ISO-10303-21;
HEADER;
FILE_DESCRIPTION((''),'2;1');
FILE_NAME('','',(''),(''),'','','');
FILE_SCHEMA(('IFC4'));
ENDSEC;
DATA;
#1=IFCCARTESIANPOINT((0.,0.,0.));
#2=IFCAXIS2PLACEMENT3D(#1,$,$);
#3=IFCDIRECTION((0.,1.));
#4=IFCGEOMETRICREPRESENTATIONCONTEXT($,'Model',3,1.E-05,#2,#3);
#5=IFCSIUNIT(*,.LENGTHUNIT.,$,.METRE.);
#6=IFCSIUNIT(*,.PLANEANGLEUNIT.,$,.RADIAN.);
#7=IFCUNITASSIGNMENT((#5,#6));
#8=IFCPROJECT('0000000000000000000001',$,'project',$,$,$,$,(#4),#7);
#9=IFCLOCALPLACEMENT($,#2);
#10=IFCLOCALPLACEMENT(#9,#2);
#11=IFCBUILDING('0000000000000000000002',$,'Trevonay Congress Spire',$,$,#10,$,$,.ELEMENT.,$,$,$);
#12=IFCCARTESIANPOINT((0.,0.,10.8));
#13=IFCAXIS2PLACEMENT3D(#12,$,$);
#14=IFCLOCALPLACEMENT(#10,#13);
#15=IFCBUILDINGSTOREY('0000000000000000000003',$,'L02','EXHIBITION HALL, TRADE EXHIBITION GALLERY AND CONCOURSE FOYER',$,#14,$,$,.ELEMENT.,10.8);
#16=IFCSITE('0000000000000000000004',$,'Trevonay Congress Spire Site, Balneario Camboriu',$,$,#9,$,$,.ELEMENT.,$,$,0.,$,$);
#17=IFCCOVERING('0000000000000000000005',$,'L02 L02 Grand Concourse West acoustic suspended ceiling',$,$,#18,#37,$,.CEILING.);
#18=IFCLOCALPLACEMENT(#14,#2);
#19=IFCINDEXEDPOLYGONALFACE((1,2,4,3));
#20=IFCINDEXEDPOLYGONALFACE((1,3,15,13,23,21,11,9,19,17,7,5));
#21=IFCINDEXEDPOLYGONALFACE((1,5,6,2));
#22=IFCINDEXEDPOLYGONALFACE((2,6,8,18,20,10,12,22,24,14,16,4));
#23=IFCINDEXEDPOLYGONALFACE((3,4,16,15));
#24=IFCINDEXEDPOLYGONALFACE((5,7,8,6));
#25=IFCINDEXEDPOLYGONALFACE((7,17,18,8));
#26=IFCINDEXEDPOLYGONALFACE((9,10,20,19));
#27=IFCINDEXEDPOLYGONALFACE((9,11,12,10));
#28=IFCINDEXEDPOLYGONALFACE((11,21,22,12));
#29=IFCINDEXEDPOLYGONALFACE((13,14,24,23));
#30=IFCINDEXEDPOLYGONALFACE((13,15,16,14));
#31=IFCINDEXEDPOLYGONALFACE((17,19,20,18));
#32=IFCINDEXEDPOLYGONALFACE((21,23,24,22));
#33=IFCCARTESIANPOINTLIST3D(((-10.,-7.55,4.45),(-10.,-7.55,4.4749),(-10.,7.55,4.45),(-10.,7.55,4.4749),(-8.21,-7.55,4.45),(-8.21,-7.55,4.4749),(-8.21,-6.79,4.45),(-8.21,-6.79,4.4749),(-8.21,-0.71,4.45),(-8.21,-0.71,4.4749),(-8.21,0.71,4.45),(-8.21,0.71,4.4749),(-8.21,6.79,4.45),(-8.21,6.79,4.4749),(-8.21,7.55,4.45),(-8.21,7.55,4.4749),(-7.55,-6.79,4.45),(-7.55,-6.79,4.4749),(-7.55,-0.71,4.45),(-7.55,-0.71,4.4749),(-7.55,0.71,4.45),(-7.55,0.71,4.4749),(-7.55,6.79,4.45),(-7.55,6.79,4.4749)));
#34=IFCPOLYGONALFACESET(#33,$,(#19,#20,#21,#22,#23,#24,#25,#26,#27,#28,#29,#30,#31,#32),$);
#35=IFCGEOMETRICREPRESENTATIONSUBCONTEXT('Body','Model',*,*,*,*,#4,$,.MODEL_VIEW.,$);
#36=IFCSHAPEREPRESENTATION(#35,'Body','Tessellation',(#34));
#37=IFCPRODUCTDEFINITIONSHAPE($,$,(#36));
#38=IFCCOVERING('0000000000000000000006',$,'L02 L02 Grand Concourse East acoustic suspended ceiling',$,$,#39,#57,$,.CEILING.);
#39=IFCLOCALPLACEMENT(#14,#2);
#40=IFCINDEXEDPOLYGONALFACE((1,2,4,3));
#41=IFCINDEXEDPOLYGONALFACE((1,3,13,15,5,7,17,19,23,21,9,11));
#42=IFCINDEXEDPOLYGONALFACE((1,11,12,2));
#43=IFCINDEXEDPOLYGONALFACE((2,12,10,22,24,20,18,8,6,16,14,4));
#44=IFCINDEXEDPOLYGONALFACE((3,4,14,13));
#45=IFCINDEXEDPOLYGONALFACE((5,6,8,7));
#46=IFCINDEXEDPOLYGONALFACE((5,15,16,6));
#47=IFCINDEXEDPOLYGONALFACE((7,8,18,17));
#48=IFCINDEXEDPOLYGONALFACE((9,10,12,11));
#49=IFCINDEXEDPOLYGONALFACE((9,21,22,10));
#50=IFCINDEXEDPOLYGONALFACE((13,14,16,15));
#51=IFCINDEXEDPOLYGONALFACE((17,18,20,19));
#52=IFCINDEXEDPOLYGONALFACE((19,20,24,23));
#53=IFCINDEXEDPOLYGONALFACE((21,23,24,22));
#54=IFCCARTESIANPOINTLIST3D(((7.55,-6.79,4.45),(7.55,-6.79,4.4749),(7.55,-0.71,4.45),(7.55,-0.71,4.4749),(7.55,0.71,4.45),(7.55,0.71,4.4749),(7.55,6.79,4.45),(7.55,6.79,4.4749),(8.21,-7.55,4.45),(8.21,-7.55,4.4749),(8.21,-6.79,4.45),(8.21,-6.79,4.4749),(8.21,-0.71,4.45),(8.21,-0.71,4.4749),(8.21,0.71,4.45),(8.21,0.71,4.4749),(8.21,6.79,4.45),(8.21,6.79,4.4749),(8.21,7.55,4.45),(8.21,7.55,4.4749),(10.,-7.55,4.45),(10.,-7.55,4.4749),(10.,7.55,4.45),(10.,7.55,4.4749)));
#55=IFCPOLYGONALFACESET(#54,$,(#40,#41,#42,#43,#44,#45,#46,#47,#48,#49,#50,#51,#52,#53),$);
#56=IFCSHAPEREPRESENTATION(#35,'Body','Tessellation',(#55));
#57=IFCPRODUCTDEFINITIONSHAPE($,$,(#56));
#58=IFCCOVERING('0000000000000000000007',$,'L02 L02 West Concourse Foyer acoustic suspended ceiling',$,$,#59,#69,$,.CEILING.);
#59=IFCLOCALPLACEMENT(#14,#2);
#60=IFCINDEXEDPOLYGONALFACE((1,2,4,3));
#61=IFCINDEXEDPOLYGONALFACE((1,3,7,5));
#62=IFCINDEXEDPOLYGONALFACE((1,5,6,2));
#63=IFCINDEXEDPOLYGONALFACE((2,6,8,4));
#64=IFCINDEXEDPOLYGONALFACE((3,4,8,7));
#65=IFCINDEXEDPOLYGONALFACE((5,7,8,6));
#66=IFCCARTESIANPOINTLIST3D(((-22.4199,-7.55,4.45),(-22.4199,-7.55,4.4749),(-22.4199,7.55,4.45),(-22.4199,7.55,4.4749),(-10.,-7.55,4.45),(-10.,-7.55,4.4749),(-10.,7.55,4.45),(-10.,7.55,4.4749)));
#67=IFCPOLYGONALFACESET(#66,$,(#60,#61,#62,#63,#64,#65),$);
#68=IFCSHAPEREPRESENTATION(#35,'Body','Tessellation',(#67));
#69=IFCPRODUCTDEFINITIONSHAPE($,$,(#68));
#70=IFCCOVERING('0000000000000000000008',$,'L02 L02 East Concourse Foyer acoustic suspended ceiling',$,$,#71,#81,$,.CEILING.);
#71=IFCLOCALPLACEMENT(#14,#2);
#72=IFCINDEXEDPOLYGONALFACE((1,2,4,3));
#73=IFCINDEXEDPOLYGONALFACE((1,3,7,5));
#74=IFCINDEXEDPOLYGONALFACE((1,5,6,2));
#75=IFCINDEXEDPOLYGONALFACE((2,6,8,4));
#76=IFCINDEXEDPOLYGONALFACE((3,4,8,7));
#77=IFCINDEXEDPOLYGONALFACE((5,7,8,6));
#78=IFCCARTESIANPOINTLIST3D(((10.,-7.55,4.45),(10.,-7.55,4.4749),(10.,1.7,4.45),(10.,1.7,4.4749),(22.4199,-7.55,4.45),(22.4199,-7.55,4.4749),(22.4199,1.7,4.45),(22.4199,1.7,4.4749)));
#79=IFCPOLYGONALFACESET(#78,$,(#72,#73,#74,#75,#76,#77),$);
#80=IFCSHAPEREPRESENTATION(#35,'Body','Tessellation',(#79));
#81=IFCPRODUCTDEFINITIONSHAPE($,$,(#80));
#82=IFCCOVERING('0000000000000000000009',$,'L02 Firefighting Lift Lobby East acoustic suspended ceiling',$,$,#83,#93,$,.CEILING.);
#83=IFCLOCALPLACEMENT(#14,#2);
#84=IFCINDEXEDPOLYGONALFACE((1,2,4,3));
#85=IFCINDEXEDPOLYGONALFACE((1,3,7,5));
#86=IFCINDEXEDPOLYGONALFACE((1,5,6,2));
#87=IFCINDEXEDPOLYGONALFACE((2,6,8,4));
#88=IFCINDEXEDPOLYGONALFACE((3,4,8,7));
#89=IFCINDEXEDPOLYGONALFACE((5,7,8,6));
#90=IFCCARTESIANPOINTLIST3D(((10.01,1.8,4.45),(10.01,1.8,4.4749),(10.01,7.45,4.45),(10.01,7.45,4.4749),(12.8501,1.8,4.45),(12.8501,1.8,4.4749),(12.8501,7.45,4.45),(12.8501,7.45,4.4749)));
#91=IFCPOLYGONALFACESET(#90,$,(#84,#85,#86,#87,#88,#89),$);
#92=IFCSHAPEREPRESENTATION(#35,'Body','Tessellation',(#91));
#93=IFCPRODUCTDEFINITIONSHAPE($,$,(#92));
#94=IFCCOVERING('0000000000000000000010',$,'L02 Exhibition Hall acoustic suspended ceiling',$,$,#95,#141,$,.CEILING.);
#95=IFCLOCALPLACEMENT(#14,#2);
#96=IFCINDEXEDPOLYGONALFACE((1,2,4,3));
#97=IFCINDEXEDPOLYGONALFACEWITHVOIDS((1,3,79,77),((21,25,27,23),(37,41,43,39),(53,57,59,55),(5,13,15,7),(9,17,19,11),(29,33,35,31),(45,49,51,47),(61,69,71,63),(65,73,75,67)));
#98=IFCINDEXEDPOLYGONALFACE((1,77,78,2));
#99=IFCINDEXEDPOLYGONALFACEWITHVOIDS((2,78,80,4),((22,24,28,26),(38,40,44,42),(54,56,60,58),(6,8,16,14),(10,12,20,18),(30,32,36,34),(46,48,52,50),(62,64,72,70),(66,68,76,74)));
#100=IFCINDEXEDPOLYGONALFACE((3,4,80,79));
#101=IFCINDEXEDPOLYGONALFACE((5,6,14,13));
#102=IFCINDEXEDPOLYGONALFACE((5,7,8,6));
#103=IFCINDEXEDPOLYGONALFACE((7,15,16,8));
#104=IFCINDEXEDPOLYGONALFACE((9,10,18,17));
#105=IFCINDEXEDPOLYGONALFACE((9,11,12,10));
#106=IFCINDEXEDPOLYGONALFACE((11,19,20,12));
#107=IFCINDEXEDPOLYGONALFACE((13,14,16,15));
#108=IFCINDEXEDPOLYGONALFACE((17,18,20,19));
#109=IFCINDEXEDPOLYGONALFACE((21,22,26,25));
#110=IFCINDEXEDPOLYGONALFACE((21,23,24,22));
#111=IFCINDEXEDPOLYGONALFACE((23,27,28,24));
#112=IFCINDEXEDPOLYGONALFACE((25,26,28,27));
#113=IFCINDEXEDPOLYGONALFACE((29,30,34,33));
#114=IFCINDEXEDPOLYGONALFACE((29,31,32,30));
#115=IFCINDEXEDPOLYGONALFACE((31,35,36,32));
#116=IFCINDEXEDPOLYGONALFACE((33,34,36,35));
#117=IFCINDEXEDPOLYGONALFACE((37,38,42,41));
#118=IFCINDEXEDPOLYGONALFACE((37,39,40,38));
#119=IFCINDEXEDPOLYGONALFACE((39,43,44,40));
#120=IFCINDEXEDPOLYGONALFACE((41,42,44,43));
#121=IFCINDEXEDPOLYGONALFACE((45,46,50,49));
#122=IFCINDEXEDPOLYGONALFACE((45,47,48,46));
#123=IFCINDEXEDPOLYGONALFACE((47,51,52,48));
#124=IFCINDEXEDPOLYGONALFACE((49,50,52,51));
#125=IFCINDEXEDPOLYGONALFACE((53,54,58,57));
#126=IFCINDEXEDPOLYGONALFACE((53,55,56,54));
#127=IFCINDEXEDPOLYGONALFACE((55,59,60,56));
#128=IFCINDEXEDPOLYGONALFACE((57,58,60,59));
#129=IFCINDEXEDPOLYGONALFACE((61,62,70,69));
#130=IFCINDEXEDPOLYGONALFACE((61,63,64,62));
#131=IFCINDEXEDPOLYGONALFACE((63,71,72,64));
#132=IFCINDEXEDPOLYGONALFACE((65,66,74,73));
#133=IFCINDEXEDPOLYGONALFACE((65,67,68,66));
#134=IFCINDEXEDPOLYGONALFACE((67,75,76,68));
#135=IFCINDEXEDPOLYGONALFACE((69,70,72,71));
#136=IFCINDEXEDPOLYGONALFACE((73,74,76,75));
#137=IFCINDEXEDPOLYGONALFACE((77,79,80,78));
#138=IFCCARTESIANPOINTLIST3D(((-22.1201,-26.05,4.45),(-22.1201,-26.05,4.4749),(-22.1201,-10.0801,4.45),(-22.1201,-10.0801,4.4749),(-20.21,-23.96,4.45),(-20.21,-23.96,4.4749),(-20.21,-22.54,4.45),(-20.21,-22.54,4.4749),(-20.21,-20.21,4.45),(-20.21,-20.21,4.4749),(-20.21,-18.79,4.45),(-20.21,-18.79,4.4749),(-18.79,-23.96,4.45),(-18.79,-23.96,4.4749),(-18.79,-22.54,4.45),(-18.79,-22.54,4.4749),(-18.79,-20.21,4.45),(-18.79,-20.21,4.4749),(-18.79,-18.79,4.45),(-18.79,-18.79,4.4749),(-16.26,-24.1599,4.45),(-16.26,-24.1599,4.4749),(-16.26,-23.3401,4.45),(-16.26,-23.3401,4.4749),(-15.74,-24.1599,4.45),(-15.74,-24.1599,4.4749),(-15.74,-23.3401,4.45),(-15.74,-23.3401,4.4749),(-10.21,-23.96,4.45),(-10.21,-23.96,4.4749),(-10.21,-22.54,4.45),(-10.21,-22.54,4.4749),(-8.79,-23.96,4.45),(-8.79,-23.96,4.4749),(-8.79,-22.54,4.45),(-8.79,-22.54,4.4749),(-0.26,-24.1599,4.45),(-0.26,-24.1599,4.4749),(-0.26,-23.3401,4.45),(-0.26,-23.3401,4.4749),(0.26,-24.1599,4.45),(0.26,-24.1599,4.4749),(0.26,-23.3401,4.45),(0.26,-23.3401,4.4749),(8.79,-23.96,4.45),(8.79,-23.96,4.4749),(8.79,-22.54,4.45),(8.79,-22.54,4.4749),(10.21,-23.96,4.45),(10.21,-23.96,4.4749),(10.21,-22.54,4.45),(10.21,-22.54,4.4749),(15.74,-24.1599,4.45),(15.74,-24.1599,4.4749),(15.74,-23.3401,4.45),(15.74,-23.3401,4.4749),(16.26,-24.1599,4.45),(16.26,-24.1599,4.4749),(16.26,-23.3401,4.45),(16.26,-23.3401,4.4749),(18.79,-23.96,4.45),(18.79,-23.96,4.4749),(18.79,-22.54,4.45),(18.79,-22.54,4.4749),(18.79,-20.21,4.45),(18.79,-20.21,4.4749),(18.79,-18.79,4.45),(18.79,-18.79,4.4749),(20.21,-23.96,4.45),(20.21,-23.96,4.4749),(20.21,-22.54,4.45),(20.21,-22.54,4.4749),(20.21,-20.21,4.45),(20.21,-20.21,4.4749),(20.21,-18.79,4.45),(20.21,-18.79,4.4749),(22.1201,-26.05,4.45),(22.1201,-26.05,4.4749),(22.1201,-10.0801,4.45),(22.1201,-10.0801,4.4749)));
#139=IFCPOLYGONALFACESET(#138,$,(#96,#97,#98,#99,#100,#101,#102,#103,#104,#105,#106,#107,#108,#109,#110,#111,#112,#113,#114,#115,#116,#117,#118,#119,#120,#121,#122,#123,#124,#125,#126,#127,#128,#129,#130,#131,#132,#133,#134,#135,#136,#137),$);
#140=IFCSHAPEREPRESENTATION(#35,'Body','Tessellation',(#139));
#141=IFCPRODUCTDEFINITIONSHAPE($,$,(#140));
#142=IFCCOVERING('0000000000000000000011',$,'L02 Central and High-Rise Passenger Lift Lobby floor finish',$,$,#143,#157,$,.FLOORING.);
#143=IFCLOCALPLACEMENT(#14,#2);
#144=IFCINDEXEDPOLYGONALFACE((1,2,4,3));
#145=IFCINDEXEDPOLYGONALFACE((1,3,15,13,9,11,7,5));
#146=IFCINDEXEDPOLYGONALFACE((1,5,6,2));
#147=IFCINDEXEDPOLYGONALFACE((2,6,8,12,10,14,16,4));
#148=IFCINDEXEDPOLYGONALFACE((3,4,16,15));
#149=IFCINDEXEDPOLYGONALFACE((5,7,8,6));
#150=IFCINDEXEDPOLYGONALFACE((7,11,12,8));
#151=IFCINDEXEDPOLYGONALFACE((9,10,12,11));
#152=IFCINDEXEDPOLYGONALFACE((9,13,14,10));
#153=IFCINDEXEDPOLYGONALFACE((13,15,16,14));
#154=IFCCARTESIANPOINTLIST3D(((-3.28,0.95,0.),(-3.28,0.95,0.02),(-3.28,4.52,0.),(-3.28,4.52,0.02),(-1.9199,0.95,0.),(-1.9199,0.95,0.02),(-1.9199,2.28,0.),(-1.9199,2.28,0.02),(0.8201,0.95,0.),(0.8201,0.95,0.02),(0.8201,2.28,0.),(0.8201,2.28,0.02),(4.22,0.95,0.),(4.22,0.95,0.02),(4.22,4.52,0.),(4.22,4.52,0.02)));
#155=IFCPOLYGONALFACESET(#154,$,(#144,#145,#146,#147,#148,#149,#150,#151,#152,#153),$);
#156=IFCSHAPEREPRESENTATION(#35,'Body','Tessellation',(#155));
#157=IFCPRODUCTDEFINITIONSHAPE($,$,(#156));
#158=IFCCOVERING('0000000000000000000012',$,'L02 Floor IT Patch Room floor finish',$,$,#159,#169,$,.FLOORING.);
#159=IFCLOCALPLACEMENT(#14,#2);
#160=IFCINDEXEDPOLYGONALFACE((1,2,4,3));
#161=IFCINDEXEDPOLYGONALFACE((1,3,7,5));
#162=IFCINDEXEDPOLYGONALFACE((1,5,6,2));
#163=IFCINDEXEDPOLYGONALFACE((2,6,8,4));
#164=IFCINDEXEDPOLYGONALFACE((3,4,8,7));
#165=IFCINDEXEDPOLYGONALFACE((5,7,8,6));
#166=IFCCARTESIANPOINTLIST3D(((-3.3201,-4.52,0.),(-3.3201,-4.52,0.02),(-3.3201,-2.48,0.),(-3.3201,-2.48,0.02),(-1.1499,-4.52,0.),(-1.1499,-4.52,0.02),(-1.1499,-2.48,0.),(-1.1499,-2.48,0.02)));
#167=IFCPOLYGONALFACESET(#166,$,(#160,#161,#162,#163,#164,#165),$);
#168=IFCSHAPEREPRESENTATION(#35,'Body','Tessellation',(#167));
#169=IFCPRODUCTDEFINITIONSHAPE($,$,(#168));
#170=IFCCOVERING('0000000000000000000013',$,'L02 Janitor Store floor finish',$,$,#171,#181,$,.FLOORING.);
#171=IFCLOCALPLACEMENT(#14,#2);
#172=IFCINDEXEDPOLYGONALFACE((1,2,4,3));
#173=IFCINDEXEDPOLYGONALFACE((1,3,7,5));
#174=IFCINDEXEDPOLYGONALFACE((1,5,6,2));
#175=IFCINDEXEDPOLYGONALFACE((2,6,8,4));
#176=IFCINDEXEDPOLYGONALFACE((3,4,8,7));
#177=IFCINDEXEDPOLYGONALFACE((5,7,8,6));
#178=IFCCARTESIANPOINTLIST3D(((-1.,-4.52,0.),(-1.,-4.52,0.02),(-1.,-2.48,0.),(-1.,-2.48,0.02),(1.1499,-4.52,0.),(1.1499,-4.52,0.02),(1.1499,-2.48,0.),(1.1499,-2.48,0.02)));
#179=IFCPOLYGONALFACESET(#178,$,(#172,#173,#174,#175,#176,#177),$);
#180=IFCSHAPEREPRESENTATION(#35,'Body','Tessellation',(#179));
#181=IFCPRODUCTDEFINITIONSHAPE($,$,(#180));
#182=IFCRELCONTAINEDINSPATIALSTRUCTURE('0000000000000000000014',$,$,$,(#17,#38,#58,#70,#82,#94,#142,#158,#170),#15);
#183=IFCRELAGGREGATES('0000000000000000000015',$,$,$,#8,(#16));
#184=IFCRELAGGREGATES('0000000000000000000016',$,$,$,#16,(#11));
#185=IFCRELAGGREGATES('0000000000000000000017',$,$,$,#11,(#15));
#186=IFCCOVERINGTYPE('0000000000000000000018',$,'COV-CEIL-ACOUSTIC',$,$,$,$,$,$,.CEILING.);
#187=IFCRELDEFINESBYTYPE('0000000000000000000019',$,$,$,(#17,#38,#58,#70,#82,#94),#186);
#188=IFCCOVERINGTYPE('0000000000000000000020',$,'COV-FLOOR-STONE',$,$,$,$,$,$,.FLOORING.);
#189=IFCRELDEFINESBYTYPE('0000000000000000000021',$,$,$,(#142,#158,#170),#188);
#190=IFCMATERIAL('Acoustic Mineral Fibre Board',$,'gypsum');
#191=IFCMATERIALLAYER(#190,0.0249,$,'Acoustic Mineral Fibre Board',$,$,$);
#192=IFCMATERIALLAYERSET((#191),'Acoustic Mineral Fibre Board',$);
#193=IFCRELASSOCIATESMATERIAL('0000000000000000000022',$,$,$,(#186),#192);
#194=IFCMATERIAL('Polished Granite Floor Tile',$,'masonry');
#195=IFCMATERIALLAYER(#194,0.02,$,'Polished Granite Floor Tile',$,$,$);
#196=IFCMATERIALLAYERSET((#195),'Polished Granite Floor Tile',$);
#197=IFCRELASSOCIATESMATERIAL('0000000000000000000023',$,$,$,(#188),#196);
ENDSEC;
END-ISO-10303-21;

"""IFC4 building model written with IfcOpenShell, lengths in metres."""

from ifc_helpers import new_model, si_unit, direction, frame, origin, place, context, subcontext, project, spatial, polyline, outline, extrude, material, layer, layer_set, type_object, element, save


model = new_model("IFC4")

# Units and contexts
model_context = context("Model", 3, precision=1e-05, world=origin(), true_north=direction((0.0, 1.0)))
body_context = subcontext(model_context, "Body", "Model", "MODEL_VIEW")
ifc_project = project(units=[si_unit("LENGTHUNIT", "METRE"), si_unit("PLANEANGLEUNIT", "RADIAN")], contexts=[model_context])

# Site, building, storey
site_placement = place(None, origin())
site = spatial("IfcSite", under=ifc_project, at=site_placement, Name="Trevonay Congress Spire Site, Balneario Camboriu", CompositionType="ELEMENT", RefElevation=0.0)
building_placement = place(site_placement, origin())
building = spatial("IfcBuilding", under=site, at=building_placement, Name="Trevonay Congress Spire", CompositionType="ELEMENT")
storey_placement = place(building_placement, frame((0.0, 0.0, 10.8)))
storey = spatial("IfcBuildingStorey", under=building, at=storey_placement, Name="L02", Description="EXHIBITION HALL, TRADE EXHIBITION GALLERY AND CONCOURSE FOYER", CompositionType="ELEMENT", Elevation=10.8)

# Coverings
ifc_material_1 = material(Name="Acoustic Mineral Fibre Board", Category="gypsum")
ifc_layer_1 = layer(ifc_material_1, 0.0249, Name="Acoustic Mineral Fibre Board")
ifc_layer_set_1 = layer_set([ifc_layer_1], Name="Acoustic Mineral Fibre Board")
covering_type_1 = type_object("IfcCoveringType", Name="COV-CEIL-ACOUSTIC", PredefinedType="CEILING", material=ifc_layer_set_1)
covering_1_placement = place(storey_placement, frame((0.0, 0.0, 4.45)))
element("IfcCovering", 1, at=covering_1_placement, inside=storey, type_object=covering_type_1, Name="L02 L02 Grand Concourse West acoustic suspended ceiling", PredefinedType="CEILING", context=body_context, shape_type="SweptSolid", body=[
    extrude(outline(polyline([(-10.0, 7.55), (-8.21, 7.55), (-8.21, 6.79), (-7.55, 6.79), (-7.55, 0.71), (-8.21, 0.71), (-8.21, -0.71), (-7.55, -0.71), (-7.55, -6.79), (-8.21, -6.79), (-8.21, -7.55), (-10.0, -7.55), (-10.0, 7.55)])), origin(), (0.0, 0.0, 1.0), 0.0249),
])
covering_2_placement = place(storey_placement, frame((0.0, 0.0, 4.45)))
element("IfcCovering", 2, at=covering_2_placement, inside=storey, type_object=covering_type_1, Name="L02 L02 Grand Concourse East acoustic suspended ceiling", PredefinedType="CEILING", context=body_context, shape_type="SweptSolid", body=[
    extrude(outline(polyline([(10.0, -7.55), (8.21, -7.55), (8.21, -6.79), (7.55, -6.79), (7.55, -0.71), (8.21, -0.71), (8.21, 0.71), (7.55, 0.71), (7.55, 6.79), (8.21, 6.79), (8.21, 7.55), (10.0, 7.55), (10.0, -7.55)])), origin(), (0.0, 0.0, 1.0), 0.0249),
])
covering_3_placement = place(storey_placement, frame((0.0, 0.0, 4.45)))
element("IfcCovering", 3, at=covering_3_placement, inside=storey, type_object=covering_type_1, Name="L02 L02 West Concourse Foyer acoustic suspended ceiling", PredefinedType="CEILING", context=body_context, shape_type="SweptSolid", body=[
    extrude(outline(polyline([(-22.4199, -7.55), (-22.4199, 7.55), (-10.0, 7.55), (-10.0, -7.55), (-22.4199, -7.55)])), origin(), (0.0, 0.0, 1.0), 0.0249),
])
covering_4_placement = place(storey_placement, frame((0.0, 0.0, 4.45)))
element("IfcCovering", 4, at=covering_4_placement, inside=storey, type_object=covering_type_1, Name="L02 L02 East Concourse Foyer acoustic suspended ceiling", PredefinedType="CEILING", context=body_context, shape_type="SweptSolid", body=[
    extrude(outline(polyline([(10.0, -7.55), (10.0, 1.7), (22.4199, 1.7), (22.4199, -7.55), (10.0, -7.55)])), origin(), (0.0, 0.0, 1.0), 0.0249),
])
covering_5_placement = place(storey_placement, frame((0.0, 0.0, 4.45)))
element("IfcCovering", 5, at=covering_5_placement, inside=storey, type_object=covering_type_1, Name="L02 Firefighting Lift Lobby East acoustic suspended ceiling", PredefinedType="CEILING", context=body_context, shape_type="SweptSolid", body=[
    extrude(outline(polyline([(12.8501, 1.8), (10.01, 1.8), (10.01, 7.45), (12.8501, 7.45), (12.8501, 1.8)])), origin(), (0.0, 0.0, 1.0), 0.0249),
])
covering_6_placement = place(storey_placement, frame((0.0, 0.0, 4.45)))
element("IfcCovering", 6, at=covering_6_placement, inside=storey, type_object=covering_type_1, Name="L02 Exhibition Hall acoustic suspended ceiling", PredefinedType="CEILING", context=body_context, shape_type="SweptSolid", body=[
    extrude(outline(polyline([(-22.1201, -10.0801), (22.1201, -10.0801), (22.1201, -26.05), (-22.1201, -26.05), (-22.1201, -10.0801)]), holes=[polyline([(-15.74, -23.3401), (-16.26, -23.3401), (-16.26, -24.1599), (-15.74, -24.1599), (-15.74, -23.3401)]), polyline([(0.26, -23.3401), (-0.26, -23.3401), (-0.26, -24.1599), (0.26, -24.1599), (0.26, -23.3401)]), polyline([(16.26, -23.3401), (15.74, -23.3401), (15.74, -24.1599), (16.26, -24.1599), (16.26, -23.3401)]), polyline([(-18.79, -22.54), (-20.21, -22.54), (-20.21, -23.96), (-18.79, -23.96), (-18.79, -22.54)]), polyline([(-8.79, -22.54), (-10.21, -22.54), (-10.21, -23.96), (-8.79, -23.96), (-8.79, -22.54)]), polyline([(10.21, -22.54), (8.79, -22.54), (8.79, -23.96), (10.21, -23.96), (10.21, -22.54)]), polyline([(20.21, -22.54), (18.79, -22.54), (18.79, -23.96), (20.21, -23.96), (20.21, -22.54)]), polyline([(-18.79, -20.21), (-18.79, -18.79), (-20.21, -18.79), (-20.21, -20.21), (-18.79, -20.21)]), polyline([(20.21, -20.21), (20.21, -18.79), (18.79, -18.79), (18.79, -20.21), (20.21, -20.21)])]), origin(), (0.0, 0.0, 1.0), 0.0249),
])
ifc_material_2 = material(Name="Polished Granite Floor Tile", Category="masonry")
ifc_layer_2 = layer(ifc_material_2, 0.02, Name="Polished Granite Floor Tile")
ifc_layer_set_2 = layer_set([ifc_layer_2], Name="Polished Granite Floor Tile")
covering_type_2 = type_object("IfcCoveringType", Name="COV-FLOOR-STONE", PredefinedType="FLOORING", material=ifc_layer_set_2)
covering_7_placement = place(storey_placement, origin())
element("IfcCovering", 7, at=covering_7_placement, inside=storey, type_object=covering_type_2, Name="L02 Central and High-Rise Passenger Lift Lobby floor finish", PredefinedType="FLOORING", context=body_context, shape_type="SweptSolid", body=[
    extrude(outline(polyline([(-3.28, 0.95), (-1.9199, 0.95), (-1.9199, 2.28), (0.8201, 2.28), (0.8201, 0.95), (4.22, 0.95), (4.22, 4.52), (-3.28, 4.52), (-3.28, 0.95)])), origin(), (0.0, 0.0, 1.0), 0.02),
])
covering_8_placement = place(storey_placement, origin())
element("IfcCovering", 8, at=covering_8_placement, inside=storey, type_object=covering_type_2, Name="L02 Floor IT Patch Room floor finish", PredefinedType="FLOORING", context=body_context, shape_type="SweptSolid", body=[
    extrude(outline(polyline([(-3.3201, -4.52), (-1.1499, -4.52), (-1.1499, -2.48), (-3.3201, -2.48), (-3.3201, -4.52)])), origin(), (0.0, 0.0, 1.0), 0.02),
])
covering_9_placement = place(storey_placement, origin())
element("IfcCovering", 9, at=covering_9_placement, inside=storey, type_object=covering_type_2, Name="L02 Janitor Store floor finish", PredefinedType="FLOORING", context=body_context, shape_type="SweptSolid", body=[
    extrude(outline(polyline([(-1.0, -4.52), (1.1499, -4.52), (1.1499, -2.48), (-1.0, -2.48), (-1.0, -4.52)])), origin(), (0.0, 0.0, 1.0), 0.02),
])

save(model, "model.ifc")
